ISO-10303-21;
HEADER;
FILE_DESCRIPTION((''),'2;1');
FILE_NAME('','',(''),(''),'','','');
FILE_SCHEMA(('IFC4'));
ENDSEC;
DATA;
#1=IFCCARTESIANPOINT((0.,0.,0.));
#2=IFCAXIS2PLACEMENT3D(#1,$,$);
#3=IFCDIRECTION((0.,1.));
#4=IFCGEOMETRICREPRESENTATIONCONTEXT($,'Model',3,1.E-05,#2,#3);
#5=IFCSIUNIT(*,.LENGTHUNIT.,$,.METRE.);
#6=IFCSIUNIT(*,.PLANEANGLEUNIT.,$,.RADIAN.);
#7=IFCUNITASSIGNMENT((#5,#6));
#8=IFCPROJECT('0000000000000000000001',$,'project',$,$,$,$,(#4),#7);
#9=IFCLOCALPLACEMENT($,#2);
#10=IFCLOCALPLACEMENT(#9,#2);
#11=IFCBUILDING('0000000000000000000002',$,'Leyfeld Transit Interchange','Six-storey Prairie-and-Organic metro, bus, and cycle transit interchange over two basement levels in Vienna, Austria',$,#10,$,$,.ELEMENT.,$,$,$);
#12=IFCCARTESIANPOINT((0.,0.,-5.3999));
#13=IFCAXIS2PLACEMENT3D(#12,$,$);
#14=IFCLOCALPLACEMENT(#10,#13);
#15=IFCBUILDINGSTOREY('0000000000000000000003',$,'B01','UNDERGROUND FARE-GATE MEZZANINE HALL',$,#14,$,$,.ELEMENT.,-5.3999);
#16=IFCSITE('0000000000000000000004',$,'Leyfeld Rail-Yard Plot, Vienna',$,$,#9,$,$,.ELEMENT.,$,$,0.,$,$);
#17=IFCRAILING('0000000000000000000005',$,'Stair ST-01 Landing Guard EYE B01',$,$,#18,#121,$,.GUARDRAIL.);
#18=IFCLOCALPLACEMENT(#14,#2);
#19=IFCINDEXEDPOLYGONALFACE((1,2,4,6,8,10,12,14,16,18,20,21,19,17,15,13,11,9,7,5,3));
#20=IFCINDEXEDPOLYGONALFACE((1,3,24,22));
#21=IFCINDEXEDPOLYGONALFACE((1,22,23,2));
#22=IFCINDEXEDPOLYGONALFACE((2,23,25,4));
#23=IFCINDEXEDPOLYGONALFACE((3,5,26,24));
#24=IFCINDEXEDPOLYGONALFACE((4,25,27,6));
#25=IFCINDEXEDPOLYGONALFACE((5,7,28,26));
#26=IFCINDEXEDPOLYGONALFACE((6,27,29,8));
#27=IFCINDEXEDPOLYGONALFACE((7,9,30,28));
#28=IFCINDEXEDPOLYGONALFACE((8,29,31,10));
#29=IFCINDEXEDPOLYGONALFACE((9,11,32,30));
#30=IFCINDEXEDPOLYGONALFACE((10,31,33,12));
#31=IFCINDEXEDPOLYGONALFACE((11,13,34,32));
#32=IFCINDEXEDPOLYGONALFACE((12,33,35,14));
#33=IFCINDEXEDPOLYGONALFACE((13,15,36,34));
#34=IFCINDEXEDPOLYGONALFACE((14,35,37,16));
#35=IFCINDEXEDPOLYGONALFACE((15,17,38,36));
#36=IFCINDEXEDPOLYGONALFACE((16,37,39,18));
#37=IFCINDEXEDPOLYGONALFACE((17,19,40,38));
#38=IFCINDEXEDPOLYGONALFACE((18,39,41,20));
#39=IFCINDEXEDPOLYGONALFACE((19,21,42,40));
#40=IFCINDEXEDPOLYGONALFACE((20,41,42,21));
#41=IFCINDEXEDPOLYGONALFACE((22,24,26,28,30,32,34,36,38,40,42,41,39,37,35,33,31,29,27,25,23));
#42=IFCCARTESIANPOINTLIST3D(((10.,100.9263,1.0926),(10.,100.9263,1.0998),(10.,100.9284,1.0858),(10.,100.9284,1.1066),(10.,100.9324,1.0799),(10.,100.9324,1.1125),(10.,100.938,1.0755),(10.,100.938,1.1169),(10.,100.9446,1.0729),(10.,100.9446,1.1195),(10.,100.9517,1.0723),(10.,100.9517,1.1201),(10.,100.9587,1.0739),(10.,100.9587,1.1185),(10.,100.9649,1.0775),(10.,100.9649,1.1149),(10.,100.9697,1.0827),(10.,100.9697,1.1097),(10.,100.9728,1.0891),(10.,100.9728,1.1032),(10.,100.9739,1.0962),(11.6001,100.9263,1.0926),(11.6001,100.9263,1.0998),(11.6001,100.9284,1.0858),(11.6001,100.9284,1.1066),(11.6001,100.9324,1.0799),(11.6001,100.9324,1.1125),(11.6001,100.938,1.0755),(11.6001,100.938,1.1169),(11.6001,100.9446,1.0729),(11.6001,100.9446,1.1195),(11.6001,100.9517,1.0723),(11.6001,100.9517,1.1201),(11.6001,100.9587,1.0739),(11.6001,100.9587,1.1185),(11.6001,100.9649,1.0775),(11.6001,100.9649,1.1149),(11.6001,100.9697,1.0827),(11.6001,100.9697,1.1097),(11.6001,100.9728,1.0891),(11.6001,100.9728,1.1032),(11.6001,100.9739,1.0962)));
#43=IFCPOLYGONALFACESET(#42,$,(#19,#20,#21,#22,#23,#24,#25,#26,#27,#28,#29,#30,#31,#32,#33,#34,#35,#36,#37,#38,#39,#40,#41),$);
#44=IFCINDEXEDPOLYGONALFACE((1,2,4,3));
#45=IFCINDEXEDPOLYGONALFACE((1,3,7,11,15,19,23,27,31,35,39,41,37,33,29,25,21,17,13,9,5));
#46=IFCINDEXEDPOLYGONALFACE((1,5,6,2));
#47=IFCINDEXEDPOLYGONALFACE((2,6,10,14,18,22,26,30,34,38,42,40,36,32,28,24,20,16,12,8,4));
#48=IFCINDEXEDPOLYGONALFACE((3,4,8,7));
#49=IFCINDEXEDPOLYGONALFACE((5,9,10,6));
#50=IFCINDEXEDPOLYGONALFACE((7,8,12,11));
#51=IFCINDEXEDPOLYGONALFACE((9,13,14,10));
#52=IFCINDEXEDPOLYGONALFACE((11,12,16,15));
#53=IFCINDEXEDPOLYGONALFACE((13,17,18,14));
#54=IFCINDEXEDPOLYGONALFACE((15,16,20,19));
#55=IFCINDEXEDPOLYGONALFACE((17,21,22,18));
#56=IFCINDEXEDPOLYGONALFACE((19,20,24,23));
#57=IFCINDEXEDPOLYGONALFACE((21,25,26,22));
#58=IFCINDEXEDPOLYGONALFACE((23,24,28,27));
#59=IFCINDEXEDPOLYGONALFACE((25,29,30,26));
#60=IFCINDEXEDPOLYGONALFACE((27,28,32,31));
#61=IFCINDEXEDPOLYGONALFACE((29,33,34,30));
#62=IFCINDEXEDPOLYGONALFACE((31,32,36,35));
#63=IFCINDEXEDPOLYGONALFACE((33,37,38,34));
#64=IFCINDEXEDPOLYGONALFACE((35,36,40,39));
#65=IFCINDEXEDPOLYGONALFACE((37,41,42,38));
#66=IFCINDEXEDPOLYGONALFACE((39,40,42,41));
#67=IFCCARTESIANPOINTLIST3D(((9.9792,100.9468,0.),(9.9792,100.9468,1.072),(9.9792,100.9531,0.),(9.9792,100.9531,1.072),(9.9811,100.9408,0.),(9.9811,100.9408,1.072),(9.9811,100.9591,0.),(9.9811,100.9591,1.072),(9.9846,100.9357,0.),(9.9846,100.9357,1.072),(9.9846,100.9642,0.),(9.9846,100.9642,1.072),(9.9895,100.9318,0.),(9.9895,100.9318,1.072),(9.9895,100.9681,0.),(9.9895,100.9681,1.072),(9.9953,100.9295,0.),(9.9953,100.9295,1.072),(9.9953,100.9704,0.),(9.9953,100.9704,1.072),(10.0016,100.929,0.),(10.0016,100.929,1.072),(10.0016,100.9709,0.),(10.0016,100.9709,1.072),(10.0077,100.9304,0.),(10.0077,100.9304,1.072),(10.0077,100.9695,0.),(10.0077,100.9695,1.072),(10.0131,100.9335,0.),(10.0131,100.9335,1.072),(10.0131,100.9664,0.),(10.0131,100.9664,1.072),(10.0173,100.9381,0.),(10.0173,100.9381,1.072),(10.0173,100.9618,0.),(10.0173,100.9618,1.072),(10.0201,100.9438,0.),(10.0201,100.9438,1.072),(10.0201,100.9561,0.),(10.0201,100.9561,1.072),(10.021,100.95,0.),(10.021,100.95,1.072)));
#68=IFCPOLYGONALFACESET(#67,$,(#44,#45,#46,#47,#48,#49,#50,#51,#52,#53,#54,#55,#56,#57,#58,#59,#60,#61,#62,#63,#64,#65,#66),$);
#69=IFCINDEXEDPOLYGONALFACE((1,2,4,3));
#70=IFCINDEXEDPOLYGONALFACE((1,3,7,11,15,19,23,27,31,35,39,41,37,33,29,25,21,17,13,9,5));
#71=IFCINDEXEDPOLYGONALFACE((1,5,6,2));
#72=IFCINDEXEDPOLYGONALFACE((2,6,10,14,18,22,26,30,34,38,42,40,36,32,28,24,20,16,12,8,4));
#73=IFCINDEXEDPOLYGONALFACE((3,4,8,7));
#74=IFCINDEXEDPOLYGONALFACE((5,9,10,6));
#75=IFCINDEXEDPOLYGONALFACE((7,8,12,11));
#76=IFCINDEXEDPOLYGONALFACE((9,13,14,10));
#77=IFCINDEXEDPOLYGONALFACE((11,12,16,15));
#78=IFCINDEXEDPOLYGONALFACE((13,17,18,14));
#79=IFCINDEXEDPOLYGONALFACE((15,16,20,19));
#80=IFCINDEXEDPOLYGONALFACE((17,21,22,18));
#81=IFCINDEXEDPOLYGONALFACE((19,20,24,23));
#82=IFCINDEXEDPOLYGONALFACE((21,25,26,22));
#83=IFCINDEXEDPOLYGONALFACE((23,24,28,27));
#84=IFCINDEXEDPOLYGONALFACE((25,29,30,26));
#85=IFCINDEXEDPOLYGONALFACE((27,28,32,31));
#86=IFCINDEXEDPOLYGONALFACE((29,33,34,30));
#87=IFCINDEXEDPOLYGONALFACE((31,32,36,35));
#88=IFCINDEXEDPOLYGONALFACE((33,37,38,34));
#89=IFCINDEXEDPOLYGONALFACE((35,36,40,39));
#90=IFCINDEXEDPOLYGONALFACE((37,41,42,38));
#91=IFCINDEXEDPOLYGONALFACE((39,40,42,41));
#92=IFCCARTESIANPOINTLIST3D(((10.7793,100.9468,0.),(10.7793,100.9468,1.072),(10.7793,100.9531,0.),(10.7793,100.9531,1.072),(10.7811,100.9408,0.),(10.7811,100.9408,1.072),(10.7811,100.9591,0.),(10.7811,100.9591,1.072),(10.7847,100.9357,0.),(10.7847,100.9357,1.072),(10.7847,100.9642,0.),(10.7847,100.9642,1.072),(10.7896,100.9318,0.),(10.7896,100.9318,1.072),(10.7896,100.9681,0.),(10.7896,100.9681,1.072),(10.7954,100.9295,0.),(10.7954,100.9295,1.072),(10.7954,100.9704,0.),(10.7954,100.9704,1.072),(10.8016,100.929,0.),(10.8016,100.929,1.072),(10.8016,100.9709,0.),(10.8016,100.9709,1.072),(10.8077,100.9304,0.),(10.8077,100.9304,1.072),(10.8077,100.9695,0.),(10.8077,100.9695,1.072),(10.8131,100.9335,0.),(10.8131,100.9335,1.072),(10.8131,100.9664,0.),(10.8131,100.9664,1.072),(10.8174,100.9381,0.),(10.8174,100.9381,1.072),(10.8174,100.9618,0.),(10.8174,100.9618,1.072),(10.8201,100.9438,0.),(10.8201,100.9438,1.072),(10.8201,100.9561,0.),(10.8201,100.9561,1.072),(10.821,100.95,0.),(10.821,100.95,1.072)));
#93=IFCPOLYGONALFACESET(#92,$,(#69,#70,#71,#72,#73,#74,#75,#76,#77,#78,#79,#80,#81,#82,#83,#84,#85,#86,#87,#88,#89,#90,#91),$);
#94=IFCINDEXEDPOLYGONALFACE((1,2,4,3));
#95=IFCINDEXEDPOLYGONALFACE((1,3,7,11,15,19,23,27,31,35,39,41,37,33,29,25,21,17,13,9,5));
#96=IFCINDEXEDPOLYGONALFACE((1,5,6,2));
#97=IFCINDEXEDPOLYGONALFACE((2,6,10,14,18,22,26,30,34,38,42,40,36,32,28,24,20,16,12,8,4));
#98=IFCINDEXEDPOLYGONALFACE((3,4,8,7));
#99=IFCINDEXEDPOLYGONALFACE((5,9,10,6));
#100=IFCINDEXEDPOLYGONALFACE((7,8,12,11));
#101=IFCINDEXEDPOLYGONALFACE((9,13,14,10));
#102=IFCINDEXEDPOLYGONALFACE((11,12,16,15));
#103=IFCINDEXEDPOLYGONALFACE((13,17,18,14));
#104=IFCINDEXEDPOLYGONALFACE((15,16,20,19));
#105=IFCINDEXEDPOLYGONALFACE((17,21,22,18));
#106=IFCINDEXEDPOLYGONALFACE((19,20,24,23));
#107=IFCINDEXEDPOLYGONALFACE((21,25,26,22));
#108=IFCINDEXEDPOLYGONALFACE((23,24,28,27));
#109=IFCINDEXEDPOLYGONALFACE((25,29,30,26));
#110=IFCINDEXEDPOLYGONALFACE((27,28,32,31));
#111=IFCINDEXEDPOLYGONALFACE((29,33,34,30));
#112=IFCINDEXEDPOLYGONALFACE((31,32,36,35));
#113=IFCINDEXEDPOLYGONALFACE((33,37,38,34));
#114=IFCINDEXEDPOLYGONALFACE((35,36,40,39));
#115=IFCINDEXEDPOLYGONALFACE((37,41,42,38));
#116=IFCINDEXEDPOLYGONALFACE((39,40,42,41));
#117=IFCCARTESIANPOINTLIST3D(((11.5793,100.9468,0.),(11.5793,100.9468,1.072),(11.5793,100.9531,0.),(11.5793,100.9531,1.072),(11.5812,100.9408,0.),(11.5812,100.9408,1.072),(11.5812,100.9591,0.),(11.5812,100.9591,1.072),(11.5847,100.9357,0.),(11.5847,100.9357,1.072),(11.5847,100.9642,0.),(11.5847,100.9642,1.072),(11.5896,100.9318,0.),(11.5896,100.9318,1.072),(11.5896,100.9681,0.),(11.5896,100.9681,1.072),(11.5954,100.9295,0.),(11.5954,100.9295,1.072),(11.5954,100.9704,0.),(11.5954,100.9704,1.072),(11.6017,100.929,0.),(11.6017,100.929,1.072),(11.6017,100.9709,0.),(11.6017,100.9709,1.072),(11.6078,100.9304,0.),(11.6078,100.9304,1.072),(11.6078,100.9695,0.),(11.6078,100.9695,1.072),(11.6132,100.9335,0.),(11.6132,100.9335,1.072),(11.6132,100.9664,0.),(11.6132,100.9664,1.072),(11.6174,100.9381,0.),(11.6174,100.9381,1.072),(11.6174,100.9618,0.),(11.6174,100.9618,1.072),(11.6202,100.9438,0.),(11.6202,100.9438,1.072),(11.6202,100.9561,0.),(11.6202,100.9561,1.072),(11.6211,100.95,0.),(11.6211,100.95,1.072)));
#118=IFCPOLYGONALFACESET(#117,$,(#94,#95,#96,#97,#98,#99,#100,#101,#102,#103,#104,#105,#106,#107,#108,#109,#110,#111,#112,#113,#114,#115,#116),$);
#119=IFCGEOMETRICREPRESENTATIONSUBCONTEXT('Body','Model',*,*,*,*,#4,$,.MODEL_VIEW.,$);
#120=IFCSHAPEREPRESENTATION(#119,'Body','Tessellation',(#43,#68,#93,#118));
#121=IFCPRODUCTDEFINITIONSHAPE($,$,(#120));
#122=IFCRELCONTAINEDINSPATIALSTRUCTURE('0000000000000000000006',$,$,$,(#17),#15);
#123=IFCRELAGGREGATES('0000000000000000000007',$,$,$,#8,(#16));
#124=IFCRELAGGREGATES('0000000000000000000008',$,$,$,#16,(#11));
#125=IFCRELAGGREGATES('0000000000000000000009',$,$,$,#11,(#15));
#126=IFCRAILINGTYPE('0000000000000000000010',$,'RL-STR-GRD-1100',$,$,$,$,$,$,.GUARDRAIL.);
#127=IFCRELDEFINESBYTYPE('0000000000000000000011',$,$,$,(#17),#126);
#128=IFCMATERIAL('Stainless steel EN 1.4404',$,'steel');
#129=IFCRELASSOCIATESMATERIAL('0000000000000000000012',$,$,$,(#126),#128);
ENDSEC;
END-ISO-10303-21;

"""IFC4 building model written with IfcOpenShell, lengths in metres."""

from ifc_helpers import new_model, si_unit, direction, frame, origin, origin_2d, place, context, subcontext, project, spatial, circle, extrude, material, type_object, element, save


model = new_model("IFC4")

# Units and contexts
model_context = context("Model", 3, precision=1e-05, world=origin(), true_north=direction((0.0, 1.0)))
body_context = subcontext(model_context, "Body", "Model", "MODEL_VIEW")
ifc_project = project(units=[si_unit("LENGTHUNIT", "METRE"), si_unit("PLANEANGLEUNIT", "RADIAN")], contexts=[model_context])

# Site, building, storey
site_placement = place(None, origin())
site = spatial("IfcSite", under=ifc_project, at=site_placement, Name="Leyfeld Rail-Yard Plot, Vienna", CompositionType="ELEMENT", RefElevation=0.0)
building_placement = place(site_placement, origin())
building = spatial("IfcBuilding", under=site, at=building_placement, Name="Leyfeld Transit Interchange", Description="Six-storey Prairie-and-Organic metro, bus, and cycle transit interchange over two basement levels in Vienna, Austria", CompositionType="ELEMENT")
storey_placement = place(building_placement, frame((0.0, 0.0, -5.3999)))
storey = spatial("IfcBuildingStorey", under=building, at=storey_placement, Name="B01", Description="UNDERGROUND FARE-GATE MEZZANINE HALL", CompositionType="ELEMENT", Elevation=-5.3999)

# Railing
ifc_material_1 = material(Name="Stainless steel EN 1.4404", Category="steel")
railing_type_1 = type_object("IfcRailingType", Name="RL-STR-GRD-1100", PredefinedType="GUARDRAIL", material=ifc_material_1)
railing_1_placement = place(storey_placement, frame((10.0, 100.95, 0.0)))
element("IfcRailing", 1, at=railing_1_placement, inside=storey, type_object=railing_type_1, Name="Stair ST-01 Landing Guard EYE B01", PredefinedType="GUARDRAIL", context=body_context, shape_type="SweptSolid", body=[
    extrude(circle(Radius=0.0239, at=origin_2d()), frame((0.0, 0.0, 1.0962), z_axis=(1.0, 0.0, 0.0), x_axis=(0.0, 1.0, 0.0)), (0.0, 0.0, 1.0), 1.6001),
    extrude(circle(Radius=0.021, at=origin_2d()), origin(), (0.0, 0.0, 1.0), 1.072),
    extrude(circle(Radius=0.021, at=origin_2d()), frame((0.8, 0.0, 0.0)), (0.0, 0.0, 1.0), 1.072),
    extrude(circle(Radius=0.021, at=origin_2d()), frame((1.6001, 0.0, 0.0)), (0.0, 0.0, 1.0), 1.072),
])

save(model, "model.ifc")
